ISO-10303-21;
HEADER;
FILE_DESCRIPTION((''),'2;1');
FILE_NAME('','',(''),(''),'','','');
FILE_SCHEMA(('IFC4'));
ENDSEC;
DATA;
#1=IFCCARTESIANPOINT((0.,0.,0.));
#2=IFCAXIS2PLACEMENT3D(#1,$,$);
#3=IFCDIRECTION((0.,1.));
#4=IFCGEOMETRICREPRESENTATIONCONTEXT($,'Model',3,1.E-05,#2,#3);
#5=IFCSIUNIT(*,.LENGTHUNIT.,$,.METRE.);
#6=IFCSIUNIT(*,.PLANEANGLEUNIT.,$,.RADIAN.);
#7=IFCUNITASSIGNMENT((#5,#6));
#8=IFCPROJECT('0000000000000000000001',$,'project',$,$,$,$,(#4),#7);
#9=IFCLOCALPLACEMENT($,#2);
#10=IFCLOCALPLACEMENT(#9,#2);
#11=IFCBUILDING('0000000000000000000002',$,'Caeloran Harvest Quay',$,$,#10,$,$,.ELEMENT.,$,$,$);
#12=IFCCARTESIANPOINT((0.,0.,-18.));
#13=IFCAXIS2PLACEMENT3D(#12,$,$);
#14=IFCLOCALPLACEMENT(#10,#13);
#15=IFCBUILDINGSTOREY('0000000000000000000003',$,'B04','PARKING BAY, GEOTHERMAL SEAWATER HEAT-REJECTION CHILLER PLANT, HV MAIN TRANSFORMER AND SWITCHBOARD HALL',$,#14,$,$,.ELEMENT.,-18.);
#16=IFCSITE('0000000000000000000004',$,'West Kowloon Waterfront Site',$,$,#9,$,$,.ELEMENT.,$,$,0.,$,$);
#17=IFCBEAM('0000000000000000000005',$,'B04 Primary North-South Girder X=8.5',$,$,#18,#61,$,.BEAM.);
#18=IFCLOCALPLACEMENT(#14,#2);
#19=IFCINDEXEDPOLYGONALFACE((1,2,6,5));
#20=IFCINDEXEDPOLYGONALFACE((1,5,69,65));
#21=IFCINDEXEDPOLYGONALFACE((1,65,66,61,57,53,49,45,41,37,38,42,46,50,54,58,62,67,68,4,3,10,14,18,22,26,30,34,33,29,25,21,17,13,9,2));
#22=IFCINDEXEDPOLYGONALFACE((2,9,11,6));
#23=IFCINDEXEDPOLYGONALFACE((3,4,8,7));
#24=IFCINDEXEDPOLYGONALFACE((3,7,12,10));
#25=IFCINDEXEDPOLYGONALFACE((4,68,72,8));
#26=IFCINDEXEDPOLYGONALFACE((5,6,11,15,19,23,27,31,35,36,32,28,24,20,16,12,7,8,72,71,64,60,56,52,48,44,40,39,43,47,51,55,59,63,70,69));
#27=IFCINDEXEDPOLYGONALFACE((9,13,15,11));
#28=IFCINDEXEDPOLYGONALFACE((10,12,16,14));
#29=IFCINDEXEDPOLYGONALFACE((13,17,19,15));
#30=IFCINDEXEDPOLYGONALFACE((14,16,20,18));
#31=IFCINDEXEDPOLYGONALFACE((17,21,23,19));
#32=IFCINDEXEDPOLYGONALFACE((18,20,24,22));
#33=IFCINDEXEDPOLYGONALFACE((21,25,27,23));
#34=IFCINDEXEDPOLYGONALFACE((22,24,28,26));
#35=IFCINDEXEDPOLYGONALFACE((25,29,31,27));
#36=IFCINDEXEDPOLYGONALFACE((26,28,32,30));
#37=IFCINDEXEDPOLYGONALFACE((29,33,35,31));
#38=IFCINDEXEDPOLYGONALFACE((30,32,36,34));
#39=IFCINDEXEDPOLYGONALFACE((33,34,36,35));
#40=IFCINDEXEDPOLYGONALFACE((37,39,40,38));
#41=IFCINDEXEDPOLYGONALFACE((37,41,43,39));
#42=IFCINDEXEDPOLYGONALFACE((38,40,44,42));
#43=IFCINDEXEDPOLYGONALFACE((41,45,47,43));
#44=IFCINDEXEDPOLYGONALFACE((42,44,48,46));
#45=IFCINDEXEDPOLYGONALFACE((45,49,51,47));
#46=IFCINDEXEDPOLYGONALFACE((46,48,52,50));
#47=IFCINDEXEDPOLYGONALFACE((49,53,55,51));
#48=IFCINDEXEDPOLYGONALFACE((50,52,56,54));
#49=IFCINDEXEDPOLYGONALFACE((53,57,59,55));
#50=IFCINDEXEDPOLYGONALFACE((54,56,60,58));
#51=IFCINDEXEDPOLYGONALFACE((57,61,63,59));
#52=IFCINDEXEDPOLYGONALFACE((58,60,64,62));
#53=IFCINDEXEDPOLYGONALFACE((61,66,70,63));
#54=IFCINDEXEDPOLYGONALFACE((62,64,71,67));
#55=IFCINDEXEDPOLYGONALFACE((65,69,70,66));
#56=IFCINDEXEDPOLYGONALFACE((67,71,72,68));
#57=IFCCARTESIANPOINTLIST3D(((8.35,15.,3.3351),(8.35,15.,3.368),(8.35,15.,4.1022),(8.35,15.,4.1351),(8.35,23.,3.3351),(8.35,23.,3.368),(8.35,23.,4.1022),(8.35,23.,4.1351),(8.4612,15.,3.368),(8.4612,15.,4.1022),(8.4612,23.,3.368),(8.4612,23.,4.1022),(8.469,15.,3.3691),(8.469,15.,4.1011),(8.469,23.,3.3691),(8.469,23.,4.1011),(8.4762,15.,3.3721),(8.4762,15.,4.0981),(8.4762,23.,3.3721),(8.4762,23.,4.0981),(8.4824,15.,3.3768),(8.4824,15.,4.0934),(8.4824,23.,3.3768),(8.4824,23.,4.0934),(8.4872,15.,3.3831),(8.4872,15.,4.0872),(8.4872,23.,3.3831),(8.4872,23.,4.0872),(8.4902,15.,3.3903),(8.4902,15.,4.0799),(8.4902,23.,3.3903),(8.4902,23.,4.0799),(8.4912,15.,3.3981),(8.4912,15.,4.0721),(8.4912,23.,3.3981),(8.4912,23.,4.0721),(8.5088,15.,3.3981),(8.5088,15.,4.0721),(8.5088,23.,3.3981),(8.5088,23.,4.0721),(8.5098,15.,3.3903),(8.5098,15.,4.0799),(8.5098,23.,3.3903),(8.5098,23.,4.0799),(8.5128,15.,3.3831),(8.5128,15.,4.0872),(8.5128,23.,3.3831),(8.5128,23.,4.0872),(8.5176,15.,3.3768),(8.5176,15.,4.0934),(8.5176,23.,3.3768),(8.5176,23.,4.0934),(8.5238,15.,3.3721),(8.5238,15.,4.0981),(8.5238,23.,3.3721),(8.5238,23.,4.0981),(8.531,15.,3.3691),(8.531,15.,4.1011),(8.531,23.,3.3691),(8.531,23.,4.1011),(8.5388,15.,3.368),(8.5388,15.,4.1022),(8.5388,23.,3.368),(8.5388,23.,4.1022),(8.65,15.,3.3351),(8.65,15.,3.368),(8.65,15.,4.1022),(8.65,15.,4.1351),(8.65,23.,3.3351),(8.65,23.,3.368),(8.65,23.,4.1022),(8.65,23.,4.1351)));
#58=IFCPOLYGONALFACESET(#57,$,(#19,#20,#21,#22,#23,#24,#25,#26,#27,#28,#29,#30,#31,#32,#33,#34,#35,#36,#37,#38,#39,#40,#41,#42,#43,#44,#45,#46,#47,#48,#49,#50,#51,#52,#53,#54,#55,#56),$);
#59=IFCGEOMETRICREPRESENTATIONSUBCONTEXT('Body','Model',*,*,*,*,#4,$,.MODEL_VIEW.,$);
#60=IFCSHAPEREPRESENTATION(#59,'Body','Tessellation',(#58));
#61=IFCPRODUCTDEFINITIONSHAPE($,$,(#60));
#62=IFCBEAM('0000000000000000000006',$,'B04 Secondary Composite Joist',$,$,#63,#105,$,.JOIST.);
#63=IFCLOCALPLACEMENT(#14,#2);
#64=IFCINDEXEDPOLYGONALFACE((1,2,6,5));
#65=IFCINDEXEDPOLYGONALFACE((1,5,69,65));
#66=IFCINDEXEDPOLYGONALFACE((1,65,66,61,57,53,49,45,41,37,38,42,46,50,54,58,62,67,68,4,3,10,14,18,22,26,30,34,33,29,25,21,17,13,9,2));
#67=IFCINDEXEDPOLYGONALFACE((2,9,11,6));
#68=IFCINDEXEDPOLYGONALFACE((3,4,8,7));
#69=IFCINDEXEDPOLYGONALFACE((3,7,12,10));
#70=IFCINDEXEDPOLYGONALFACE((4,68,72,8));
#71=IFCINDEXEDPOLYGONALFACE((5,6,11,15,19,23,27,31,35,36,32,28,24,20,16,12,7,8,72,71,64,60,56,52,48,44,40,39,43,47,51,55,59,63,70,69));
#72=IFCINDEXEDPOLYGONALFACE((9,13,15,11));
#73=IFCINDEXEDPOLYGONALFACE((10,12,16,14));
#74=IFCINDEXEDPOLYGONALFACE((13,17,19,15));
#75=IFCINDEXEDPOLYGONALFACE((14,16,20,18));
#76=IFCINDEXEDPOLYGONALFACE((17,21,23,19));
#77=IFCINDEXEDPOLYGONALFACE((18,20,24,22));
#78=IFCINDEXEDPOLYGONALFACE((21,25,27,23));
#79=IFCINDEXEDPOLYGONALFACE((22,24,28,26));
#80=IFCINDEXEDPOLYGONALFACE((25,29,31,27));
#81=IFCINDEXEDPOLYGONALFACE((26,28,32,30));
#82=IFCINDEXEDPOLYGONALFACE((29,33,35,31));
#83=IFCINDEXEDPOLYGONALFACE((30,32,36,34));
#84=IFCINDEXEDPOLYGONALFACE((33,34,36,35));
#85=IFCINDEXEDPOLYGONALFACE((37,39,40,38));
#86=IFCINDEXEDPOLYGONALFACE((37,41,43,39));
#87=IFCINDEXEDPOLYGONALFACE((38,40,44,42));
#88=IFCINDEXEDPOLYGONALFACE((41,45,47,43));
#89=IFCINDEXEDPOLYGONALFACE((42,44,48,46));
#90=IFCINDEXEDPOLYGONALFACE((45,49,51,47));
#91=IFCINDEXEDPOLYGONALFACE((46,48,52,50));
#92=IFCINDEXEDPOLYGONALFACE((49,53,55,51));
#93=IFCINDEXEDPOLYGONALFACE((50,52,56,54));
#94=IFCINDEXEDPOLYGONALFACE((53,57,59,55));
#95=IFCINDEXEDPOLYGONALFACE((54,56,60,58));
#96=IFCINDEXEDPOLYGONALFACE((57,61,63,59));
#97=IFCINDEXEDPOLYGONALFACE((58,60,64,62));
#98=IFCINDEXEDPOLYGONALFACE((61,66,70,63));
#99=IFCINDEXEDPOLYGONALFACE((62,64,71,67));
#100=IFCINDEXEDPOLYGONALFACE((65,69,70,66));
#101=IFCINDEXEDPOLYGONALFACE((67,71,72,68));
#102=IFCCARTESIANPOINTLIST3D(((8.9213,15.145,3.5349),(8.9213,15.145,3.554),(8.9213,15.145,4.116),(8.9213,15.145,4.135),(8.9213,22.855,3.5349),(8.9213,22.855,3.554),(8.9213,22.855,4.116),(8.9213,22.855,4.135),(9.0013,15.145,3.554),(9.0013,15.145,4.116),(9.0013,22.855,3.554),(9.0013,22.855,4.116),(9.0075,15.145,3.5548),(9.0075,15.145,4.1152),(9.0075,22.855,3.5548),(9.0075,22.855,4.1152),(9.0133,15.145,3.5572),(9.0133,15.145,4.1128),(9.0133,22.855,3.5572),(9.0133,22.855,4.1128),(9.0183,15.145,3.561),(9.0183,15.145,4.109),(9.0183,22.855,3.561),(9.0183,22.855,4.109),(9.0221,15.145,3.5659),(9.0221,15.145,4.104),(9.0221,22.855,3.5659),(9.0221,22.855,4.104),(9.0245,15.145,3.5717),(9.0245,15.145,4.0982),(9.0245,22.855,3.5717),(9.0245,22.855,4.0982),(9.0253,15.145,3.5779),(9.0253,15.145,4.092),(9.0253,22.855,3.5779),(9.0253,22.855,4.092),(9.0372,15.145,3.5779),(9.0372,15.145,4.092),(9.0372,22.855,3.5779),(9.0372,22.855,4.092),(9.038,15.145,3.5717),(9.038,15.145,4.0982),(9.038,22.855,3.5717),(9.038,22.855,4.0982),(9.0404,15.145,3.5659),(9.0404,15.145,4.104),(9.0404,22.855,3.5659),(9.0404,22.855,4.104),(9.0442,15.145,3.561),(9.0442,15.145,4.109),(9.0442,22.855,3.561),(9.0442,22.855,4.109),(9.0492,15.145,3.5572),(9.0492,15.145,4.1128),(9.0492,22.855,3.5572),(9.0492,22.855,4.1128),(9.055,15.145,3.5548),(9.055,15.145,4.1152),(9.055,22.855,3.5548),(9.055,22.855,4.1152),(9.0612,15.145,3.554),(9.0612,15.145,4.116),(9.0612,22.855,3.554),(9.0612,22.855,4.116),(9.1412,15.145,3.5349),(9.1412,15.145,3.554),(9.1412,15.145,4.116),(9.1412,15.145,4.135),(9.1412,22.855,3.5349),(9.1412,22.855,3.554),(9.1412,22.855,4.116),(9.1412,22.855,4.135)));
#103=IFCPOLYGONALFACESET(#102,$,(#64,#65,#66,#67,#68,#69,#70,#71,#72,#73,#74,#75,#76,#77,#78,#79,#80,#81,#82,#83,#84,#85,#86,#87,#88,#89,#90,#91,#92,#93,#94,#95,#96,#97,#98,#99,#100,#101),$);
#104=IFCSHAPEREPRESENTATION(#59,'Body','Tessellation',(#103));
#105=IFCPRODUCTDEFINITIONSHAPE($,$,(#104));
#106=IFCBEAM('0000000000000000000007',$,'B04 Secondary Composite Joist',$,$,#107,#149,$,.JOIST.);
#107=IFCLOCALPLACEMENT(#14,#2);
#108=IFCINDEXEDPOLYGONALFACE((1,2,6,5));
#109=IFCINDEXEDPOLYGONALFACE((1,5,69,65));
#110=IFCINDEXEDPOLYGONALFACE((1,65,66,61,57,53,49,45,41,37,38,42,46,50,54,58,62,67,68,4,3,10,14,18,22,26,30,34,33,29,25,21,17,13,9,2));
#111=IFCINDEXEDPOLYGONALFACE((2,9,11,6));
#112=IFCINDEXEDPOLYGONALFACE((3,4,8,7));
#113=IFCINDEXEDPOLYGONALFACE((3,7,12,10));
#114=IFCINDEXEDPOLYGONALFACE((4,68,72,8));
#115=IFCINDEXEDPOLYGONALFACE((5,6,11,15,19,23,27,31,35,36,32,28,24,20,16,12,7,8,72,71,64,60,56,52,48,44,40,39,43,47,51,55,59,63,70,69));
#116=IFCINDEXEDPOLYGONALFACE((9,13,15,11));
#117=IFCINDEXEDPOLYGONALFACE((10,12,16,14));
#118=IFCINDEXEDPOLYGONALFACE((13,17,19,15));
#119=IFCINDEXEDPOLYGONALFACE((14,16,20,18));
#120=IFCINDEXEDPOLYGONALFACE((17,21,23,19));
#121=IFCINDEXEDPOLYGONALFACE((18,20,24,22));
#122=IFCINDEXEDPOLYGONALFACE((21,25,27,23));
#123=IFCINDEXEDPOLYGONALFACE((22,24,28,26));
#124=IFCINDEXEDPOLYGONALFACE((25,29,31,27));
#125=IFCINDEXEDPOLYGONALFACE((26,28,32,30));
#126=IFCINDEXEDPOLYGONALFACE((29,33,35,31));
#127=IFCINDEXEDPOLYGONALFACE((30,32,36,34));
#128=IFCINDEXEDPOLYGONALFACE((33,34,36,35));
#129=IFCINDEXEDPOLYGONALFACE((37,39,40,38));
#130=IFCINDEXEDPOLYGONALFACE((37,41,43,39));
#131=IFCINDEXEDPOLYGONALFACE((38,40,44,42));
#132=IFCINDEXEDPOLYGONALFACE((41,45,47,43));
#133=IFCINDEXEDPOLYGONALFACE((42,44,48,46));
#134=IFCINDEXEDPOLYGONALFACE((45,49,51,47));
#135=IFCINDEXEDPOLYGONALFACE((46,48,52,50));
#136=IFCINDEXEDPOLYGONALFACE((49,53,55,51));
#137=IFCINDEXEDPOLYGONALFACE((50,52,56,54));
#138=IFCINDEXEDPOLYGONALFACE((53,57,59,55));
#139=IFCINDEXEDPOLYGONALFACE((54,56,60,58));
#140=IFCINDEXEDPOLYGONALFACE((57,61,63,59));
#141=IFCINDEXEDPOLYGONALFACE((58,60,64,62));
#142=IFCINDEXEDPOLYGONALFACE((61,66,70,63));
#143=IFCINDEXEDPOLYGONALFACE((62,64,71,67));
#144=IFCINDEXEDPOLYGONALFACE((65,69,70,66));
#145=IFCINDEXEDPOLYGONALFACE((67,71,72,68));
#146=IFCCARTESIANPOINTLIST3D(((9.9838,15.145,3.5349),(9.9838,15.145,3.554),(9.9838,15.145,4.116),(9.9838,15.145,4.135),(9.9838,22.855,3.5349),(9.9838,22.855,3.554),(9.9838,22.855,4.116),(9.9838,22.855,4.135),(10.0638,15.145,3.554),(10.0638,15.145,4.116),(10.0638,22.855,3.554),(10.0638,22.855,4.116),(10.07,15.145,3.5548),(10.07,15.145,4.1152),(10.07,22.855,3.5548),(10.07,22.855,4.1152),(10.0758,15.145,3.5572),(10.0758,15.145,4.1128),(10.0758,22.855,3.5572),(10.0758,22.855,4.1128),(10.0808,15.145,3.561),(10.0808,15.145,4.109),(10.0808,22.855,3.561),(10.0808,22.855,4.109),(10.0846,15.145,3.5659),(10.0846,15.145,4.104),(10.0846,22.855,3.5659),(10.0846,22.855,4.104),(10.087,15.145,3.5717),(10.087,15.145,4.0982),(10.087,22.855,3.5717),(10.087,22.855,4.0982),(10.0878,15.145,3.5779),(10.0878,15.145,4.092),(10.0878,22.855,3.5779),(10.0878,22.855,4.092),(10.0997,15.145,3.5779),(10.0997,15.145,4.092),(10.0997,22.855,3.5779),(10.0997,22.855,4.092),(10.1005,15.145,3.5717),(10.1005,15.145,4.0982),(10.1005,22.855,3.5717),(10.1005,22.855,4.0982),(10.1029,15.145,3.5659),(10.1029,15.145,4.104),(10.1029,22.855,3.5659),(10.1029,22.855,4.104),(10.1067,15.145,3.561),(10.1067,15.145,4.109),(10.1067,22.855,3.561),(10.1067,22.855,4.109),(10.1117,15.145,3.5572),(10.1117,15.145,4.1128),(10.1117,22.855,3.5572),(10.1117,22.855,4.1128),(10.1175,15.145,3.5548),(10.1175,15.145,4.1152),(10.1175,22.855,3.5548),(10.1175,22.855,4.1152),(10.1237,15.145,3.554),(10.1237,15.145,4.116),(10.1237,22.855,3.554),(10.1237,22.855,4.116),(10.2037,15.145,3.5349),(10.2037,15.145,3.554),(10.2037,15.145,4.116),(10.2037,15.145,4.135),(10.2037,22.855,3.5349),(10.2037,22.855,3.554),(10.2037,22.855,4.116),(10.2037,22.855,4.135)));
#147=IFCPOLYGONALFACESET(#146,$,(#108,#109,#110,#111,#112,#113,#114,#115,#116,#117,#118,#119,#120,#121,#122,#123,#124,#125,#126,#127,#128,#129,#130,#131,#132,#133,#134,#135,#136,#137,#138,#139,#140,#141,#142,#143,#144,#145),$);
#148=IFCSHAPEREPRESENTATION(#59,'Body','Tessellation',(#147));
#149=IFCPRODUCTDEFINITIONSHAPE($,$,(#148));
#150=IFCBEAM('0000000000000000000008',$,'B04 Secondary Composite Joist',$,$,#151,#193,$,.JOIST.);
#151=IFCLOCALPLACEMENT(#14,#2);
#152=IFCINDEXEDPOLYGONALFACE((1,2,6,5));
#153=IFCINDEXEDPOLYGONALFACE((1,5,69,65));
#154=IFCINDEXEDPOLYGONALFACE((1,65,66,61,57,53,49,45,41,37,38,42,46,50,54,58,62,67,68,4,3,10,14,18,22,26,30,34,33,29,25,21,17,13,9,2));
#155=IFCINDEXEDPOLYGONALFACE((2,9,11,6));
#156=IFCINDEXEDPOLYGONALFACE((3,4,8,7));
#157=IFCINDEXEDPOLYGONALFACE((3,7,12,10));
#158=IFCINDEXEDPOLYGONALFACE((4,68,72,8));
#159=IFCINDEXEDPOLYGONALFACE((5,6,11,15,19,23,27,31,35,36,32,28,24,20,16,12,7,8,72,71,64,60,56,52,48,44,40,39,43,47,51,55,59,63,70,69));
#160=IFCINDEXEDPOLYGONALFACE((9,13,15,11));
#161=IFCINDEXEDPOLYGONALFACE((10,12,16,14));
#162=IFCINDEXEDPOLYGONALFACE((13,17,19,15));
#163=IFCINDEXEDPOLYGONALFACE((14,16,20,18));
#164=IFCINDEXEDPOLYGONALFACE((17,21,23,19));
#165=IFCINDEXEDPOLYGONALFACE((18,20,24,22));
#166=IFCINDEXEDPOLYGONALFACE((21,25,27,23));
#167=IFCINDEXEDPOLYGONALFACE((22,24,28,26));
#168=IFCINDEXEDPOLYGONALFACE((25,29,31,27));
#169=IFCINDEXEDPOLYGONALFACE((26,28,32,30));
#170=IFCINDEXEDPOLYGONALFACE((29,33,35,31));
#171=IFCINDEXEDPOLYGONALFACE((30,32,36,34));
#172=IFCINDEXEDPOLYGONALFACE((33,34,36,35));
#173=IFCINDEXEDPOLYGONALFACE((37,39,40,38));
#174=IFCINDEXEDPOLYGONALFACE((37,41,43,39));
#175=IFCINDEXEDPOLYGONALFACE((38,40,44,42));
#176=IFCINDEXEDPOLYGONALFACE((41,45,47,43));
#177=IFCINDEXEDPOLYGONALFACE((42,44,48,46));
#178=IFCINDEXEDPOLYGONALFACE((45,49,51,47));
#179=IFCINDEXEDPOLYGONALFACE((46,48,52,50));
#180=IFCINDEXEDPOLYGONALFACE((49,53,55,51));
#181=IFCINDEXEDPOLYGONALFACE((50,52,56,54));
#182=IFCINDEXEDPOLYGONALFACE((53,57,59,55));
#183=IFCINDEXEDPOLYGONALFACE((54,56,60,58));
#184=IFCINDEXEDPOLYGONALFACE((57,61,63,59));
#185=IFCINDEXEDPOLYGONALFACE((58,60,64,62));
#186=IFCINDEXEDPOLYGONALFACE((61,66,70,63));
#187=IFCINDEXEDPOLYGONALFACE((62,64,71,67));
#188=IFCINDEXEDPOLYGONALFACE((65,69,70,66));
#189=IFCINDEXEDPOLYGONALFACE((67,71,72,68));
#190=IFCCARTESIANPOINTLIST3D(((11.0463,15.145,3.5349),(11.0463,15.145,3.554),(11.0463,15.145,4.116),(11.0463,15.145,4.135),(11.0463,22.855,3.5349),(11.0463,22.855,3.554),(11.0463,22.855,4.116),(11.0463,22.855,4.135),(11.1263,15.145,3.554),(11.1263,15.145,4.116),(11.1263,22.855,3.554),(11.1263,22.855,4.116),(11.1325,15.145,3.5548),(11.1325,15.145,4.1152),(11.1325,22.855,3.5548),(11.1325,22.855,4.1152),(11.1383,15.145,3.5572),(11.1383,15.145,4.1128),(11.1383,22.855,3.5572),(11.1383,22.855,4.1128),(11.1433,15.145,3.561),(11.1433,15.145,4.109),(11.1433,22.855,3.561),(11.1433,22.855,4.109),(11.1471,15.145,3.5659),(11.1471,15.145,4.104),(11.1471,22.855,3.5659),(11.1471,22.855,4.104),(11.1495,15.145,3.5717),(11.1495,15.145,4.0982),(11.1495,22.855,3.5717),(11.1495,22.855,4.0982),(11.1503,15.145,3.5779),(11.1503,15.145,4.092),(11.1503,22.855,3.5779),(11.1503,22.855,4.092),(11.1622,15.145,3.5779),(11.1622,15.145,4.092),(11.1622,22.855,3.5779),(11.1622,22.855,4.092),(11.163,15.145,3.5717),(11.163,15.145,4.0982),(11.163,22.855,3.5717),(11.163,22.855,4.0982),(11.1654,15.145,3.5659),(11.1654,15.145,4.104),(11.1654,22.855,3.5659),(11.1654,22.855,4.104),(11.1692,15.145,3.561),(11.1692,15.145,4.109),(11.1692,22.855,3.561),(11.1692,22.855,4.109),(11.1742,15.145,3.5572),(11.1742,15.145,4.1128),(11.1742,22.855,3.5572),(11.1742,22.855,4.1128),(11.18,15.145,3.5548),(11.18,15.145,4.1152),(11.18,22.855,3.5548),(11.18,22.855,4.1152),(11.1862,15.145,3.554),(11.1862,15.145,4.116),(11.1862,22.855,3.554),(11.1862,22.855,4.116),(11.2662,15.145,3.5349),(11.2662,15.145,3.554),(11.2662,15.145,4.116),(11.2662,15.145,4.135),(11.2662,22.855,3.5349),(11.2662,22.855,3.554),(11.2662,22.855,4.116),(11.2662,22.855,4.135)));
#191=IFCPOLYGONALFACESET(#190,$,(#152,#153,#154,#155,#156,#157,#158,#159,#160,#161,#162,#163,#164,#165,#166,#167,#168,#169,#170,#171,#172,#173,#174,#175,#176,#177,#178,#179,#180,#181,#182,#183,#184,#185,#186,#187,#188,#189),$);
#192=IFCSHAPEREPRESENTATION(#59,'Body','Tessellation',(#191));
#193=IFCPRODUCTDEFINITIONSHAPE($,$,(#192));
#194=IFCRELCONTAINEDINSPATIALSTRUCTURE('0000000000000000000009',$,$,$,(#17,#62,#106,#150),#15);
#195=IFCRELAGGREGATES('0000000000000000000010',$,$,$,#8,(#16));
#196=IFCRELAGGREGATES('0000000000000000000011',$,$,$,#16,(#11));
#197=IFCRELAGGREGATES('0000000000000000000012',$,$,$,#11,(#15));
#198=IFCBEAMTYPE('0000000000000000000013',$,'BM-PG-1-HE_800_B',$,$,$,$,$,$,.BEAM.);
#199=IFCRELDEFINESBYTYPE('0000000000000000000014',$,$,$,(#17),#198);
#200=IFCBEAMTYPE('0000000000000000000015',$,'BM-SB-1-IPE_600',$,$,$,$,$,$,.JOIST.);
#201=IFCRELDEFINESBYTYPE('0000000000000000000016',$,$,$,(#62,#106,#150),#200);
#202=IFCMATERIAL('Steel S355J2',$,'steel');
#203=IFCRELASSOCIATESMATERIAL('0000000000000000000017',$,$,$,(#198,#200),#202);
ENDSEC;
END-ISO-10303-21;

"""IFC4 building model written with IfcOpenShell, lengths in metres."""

from ifc_helpers import new_model, si_unit, direction, frame, origin, origin_2d, place, context, subcontext, project, spatial, i_section, extrude, material, material_profile, profile_set, type_object, element, save


model = new_model("IFC4")

# Units and contexts
model_context = context("Model", 3, precision=1e-05, world=origin(), true_north=direction((0.0, 1.0)))
body_context = subcontext(model_context, "Body", "Model", "MODEL_VIEW")
ifc_project = project(units=[si_unit("LENGTHUNIT", "METRE"), si_unit("PLANEANGLEUNIT", "RADIAN")], contexts=[model_context])

# Site, building, storey
site_placement = place(None, origin())
site = spatial("IfcSite", under=ifc_project, at=site_placement, Name="West Kowloon Waterfront Site", CompositionType="ELEMENT", RefElevation=0.0)
building_placement = place(site_placement, origin())
building = spatial("IfcBuilding", under=site, at=building_placement, Name="Caeloran Harvest Quay", CompositionType="ELEMENT")
storey_placement = place(building_placement, frame((0.0, 0.0, -18.0)))
storey = spatial("IfcBuildingStorey", under=building, at=storey_placement, Name="B04", Description="PARKING BAY, GEOTHERMAL SEAWATER HEAT-REJECTION CHILLER PLANT, HV MAIN TRANSFORMER AND SWITCHBOARD HALL", CompositionType="ELEMENT", Elevation=-18.0)

# Beams
ifc_material_1 = material(Name="Steel S355J2", Category="steel")
ifc_material_profile_1 = material_profile(ifc_material_1, i_section(OverallWidth=0.3, OverallDepth=0.8, WebThickness=0.0176, FlangeThickness=0.033, FilletRadius=0.03, at=origin_2d()), Name="HE 800 B")
ifc_profile_set_1 = profile_set([ifc_material_profile_1], Name="Steel S355J2")
beam_type_1 = type_object("IfcBeamType", Name="BM-PG-1-HE_800_B", PredefinedType="BEAM", material=ifc_profile_set_1)
beam_1_placement = place(storey_placement, frame((8.5, 15.0, 3.7351), z_axis=(0.0, 1.0, 0.0), x_axis=(-1.0, 0.0, 0.0)))
element("IfcBeam", 1, at=beam_1_placement, inside=storey, type_object=beam_type_1, Name="B04 Primary North-South Girder X=8.5", PredefinedType="BEAM", context=body_context, shape_type="SweptSolid", body=[
    extrude(i_section(OverallWidth=0.3, OverallDepth=0.8, WebThickness=0.0176, FlangeThickness=0.033, FilletRadius=0.03, at=origin_2d()), origin(), (0.0, 0.0, 1.0), 8.0),
])
ifc_material_profile_2 = material_profile(ifc_material_1, i_section(OverallWidth=0.22, OverallDepth=0.6001, WebThickness=0.012, FlangeThickness=0.019, FilletRadius=0.0239, at=origin_2d()), Name="IPE 600")
ifc_profile_set_2 = profile_set([ifc_material_profile_2], Name="Steel S355J2")
beam_type_2 = type_object("IfcBeamType", Name="BM-SB-1-IPE_600", PredefinedType="JOIST", material=ifc_profile_set_2)
for number, where, z_axis, x_axis, name in (
    (2, (9.0312, 15.145, 3.835), (0.0, 1.0, 0.0), (-1.0, 0.0, 0.0), "B04 Secondary Composite Joist"),
    (3, (10.0938, 15.145, 3.835), (0.0, 1.0, 0.0), (-1.0, 0.0, 0.0), "B04 Secondary Composite Joist"),
    (4, (11.1562, 15.145, 3.835), (0.0, 1.0, 0.0), (-1.0, 0.0, 0.0), "B04 Secondary Composite Joist"),
):
    element("IfcBeam", number, at=place(storey_placement, frame(where, z_axis=z_axis, x_axis=x_axis)), inside=storey, type_object=beam_type_2, Name=name, PredefinedType="JOIST", context=body_context, shape_type="SweptSolid", body=[
        extrude(i_section(OverallWidth=0.22, OverallDepth=0.6001, WebThickness=0.012, FlangeThickness=0.019, FilletRadius=0.0239, at=origin_2d()), origin(), (0.0, 0.0, 1.0), 7.71),
    ])

save(model, "model.ifc")
